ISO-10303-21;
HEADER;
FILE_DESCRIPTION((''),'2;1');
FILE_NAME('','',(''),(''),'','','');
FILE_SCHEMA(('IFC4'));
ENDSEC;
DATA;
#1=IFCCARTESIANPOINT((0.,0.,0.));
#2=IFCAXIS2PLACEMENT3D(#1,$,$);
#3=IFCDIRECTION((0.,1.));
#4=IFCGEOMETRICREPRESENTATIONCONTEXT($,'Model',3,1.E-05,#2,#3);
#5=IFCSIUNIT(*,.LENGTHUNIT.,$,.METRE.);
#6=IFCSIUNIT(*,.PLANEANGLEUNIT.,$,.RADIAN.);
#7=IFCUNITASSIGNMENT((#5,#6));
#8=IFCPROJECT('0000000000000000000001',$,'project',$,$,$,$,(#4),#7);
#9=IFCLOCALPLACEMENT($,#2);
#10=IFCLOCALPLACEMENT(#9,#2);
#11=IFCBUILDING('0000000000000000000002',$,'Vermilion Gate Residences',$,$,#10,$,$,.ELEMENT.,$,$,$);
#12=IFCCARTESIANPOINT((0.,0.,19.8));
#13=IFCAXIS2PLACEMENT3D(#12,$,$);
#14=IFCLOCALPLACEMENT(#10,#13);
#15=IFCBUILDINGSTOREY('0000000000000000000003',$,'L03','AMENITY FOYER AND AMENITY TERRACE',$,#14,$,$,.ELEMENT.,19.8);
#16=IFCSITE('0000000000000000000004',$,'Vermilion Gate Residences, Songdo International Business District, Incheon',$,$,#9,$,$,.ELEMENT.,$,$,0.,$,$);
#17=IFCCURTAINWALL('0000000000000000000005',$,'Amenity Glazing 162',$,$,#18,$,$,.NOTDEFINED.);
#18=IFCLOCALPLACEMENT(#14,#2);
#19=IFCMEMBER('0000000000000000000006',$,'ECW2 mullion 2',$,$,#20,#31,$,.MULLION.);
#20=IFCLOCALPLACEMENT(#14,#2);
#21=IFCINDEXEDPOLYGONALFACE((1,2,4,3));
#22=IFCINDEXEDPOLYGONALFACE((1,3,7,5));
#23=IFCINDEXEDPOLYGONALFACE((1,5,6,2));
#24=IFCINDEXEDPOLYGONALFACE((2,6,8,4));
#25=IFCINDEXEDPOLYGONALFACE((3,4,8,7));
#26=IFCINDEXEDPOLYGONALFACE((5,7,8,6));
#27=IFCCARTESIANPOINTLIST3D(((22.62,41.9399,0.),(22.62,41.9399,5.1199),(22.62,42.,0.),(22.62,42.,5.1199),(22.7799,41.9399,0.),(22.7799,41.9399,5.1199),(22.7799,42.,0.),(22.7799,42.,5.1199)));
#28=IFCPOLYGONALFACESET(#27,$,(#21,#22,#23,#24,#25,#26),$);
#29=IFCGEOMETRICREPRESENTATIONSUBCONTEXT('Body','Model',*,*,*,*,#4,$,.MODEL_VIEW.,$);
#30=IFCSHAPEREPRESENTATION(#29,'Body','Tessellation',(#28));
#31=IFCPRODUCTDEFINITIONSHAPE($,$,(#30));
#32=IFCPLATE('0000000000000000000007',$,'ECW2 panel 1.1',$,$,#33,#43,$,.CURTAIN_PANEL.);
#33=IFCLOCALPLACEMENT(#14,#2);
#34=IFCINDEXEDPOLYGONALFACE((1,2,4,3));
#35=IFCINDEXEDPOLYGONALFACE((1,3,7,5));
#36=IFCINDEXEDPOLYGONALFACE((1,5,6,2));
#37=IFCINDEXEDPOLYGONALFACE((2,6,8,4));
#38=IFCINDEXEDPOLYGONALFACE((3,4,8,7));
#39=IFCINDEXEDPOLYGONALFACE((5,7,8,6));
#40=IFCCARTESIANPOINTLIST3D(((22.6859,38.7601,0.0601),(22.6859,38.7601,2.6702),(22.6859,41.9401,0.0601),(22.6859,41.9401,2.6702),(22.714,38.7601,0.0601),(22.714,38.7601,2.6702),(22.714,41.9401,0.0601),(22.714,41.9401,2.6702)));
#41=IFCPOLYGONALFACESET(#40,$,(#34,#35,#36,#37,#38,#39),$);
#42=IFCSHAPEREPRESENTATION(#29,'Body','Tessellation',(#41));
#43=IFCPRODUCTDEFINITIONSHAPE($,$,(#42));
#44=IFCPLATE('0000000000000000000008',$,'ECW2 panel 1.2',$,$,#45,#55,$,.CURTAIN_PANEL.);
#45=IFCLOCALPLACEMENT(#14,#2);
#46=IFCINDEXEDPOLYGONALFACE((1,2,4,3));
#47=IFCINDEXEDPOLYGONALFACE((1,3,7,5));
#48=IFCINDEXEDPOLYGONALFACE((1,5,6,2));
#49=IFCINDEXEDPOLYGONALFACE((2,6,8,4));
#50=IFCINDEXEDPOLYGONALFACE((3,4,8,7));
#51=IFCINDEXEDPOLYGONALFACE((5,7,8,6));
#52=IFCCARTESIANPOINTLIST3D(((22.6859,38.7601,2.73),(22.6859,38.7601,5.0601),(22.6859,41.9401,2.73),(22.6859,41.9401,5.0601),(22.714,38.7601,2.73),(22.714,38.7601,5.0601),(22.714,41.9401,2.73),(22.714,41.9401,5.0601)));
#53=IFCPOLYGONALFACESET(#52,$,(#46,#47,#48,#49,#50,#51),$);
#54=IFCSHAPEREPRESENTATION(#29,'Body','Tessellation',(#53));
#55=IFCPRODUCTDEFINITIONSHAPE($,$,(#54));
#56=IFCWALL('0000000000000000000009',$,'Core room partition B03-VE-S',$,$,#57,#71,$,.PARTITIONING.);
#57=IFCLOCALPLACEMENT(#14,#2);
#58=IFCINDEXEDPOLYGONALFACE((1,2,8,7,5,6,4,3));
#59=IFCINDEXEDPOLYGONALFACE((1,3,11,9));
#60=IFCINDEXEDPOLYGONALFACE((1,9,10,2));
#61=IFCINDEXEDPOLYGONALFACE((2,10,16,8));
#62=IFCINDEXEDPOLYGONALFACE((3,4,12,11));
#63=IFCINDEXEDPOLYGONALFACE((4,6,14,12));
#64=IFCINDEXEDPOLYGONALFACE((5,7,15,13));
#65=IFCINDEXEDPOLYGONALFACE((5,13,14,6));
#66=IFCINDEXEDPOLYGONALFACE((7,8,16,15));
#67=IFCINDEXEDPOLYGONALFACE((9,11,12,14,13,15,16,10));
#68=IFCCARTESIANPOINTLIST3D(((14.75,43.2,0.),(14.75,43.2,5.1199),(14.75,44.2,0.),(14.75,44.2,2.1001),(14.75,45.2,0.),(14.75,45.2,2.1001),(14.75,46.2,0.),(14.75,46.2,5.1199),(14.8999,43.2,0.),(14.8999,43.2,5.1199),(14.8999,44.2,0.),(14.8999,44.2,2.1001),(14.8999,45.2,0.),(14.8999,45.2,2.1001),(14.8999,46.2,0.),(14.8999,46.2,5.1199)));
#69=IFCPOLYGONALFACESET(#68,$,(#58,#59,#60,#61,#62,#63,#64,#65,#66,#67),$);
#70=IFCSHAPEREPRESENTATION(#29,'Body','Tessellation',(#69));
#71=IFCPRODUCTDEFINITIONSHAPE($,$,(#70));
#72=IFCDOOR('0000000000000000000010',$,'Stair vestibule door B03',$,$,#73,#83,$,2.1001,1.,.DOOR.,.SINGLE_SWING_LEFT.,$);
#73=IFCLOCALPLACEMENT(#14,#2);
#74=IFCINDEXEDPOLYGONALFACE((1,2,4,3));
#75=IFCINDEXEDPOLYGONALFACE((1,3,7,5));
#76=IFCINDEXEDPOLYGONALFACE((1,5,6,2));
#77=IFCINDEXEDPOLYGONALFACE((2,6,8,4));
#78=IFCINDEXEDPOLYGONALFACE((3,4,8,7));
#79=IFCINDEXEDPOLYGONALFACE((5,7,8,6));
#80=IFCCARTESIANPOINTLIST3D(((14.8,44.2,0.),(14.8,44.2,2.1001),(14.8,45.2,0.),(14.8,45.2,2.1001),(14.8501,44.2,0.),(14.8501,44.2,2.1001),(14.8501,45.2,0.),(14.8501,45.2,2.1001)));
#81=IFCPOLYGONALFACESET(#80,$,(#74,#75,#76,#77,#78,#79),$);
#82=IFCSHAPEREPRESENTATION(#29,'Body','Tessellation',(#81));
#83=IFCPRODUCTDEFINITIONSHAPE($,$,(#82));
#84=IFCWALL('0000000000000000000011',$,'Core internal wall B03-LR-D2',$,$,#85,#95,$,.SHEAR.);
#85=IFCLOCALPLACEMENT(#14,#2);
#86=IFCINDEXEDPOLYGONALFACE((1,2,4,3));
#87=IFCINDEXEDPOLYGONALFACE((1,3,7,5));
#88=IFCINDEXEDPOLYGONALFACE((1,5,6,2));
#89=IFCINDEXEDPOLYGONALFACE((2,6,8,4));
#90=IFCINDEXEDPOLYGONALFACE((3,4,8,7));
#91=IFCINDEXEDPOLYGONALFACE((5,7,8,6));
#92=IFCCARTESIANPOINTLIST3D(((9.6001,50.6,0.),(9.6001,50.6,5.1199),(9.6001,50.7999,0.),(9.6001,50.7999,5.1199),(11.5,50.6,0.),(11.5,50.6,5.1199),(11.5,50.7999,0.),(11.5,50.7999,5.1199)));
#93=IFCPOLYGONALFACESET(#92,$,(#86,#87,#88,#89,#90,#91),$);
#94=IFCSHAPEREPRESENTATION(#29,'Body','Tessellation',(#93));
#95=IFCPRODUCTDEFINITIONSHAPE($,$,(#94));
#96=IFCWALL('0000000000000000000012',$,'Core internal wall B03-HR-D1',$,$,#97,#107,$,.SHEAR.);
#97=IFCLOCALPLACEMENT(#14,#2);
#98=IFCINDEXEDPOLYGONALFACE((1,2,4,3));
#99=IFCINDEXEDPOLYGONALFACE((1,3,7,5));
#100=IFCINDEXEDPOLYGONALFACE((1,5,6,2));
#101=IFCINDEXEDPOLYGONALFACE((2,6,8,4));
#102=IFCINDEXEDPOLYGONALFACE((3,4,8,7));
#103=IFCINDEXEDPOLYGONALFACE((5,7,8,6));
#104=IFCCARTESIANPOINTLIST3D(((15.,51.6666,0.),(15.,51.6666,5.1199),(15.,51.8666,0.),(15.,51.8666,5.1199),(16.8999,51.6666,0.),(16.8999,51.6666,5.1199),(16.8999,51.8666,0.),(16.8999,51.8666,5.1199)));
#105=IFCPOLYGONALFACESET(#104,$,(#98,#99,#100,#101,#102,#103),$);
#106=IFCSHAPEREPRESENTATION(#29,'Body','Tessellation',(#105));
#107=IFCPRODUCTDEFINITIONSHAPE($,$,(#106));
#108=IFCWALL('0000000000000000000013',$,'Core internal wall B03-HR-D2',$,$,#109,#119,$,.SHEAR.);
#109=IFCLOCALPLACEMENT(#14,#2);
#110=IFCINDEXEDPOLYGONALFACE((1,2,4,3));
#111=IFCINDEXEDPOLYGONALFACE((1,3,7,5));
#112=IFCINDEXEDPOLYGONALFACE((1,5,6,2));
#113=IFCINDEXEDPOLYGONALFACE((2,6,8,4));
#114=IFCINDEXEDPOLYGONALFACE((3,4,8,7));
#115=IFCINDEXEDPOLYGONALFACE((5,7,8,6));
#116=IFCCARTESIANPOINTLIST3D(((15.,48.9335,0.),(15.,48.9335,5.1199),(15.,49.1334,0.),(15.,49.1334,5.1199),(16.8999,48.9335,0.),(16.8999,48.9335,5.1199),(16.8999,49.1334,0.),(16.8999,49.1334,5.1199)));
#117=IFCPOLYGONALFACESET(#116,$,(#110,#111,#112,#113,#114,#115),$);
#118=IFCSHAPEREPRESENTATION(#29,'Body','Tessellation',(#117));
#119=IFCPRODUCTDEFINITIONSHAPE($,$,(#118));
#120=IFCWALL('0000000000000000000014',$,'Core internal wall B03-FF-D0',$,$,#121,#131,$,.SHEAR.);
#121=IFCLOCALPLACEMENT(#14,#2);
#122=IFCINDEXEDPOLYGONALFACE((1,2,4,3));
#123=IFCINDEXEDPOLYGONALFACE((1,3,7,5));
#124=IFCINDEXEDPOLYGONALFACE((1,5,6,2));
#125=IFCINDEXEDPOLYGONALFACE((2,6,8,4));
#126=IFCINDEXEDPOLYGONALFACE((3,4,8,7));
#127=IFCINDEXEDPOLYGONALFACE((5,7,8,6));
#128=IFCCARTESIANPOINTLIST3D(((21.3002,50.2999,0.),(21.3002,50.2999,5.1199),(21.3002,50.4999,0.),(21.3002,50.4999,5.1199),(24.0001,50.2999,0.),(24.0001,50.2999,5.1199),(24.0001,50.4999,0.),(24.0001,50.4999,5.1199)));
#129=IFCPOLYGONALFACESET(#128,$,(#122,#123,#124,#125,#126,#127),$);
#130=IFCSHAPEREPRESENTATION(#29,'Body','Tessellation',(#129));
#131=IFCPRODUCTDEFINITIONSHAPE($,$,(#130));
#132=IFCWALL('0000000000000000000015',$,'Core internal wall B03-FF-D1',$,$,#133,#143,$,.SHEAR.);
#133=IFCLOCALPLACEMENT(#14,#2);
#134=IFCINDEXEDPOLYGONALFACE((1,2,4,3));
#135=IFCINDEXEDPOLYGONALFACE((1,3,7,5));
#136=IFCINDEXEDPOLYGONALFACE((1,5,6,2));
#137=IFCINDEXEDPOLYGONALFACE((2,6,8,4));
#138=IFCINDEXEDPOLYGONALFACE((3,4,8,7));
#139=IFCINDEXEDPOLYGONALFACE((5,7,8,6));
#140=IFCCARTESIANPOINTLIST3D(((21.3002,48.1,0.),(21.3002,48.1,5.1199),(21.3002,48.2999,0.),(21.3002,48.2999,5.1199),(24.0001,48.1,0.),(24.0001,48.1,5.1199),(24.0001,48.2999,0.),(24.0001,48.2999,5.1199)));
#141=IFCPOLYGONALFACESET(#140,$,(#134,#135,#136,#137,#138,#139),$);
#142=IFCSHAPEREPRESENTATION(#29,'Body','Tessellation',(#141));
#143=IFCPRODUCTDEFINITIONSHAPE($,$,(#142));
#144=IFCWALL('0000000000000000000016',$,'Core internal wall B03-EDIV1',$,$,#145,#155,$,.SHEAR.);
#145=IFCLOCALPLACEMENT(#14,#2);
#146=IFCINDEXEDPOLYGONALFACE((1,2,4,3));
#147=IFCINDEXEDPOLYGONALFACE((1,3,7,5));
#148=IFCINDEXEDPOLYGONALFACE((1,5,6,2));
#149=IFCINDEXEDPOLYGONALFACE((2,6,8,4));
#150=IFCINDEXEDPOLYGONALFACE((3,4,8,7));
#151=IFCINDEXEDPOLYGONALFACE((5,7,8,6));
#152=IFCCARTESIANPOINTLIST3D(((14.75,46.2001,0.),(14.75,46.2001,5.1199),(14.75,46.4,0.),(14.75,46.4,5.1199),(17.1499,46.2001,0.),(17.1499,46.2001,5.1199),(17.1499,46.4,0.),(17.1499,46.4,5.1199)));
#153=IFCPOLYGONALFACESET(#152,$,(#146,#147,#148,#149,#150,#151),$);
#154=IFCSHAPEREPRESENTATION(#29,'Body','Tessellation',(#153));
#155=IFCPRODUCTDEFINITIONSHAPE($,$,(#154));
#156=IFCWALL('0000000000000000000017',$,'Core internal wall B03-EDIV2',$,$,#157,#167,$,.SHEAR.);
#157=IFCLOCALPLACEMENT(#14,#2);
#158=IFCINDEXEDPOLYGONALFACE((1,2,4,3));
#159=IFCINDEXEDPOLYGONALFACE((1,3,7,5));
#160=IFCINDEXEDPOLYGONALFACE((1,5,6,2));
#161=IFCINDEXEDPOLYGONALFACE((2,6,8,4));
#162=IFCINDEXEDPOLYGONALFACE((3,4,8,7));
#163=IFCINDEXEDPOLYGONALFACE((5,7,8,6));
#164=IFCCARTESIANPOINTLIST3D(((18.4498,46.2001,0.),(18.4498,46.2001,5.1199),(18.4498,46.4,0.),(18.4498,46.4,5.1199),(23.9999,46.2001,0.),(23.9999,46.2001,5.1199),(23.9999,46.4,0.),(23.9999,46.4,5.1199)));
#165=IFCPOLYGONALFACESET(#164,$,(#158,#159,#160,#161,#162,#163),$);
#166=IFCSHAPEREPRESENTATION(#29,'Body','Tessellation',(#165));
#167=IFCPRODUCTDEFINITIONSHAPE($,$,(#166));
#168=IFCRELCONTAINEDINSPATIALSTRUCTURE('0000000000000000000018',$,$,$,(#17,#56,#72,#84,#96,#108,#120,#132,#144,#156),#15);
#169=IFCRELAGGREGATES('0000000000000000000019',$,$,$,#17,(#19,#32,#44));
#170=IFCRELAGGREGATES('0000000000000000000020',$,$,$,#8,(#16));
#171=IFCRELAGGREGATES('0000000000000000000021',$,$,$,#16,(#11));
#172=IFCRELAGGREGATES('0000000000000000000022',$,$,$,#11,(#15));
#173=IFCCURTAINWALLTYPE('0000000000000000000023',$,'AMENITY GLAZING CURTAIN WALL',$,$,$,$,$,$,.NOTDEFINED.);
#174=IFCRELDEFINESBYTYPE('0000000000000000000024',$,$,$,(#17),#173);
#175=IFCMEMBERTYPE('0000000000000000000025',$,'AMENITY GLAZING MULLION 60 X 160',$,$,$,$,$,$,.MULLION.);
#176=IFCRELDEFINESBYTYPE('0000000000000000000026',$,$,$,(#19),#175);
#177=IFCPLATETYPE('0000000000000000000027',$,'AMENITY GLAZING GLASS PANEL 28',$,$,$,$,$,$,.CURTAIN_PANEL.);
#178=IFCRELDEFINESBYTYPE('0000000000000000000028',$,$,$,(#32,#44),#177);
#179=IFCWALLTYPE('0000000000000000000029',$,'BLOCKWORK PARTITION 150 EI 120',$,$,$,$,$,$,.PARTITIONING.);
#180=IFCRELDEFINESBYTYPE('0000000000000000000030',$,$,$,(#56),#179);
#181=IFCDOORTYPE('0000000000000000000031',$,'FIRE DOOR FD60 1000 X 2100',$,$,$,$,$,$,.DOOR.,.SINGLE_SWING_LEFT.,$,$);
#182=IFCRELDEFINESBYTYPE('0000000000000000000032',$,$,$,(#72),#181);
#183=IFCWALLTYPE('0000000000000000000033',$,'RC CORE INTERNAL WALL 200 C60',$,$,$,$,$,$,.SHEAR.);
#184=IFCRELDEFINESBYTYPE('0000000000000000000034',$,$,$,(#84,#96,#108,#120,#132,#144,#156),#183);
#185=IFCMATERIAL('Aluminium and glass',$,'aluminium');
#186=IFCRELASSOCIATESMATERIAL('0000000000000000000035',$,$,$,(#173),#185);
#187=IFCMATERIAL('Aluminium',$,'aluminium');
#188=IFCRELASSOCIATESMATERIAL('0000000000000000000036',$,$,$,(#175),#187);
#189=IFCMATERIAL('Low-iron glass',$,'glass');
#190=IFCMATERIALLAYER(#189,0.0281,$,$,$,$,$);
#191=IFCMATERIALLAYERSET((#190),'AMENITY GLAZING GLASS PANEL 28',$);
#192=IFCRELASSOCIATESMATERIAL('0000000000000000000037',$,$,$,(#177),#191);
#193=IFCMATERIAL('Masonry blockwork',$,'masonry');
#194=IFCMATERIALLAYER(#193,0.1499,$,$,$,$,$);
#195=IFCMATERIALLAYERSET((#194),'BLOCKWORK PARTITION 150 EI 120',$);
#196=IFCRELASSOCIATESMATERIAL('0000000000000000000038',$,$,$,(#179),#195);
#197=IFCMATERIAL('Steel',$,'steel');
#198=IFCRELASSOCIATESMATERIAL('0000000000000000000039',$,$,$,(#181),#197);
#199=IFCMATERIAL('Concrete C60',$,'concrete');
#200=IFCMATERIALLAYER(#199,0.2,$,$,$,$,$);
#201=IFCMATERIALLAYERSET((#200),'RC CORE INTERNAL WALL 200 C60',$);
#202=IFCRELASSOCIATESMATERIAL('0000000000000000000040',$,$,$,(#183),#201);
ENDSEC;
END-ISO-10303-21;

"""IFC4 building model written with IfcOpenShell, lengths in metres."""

from ifc_helpers import new_model, si_unit, direction, frame, frame_2d, origin, origin_2d, place, context, subcontext, project, spatial, rectangle, extrude, material, layer, layer_set, material_profile, profile_set, type_object, element, fill, aggregate, save


model = new_model("IFC4")

# Units and contexts
model_context = context("Model", 3, precision=1e-05, world=origin(), true_north=direction((0.0, 1.0)))
body_context = subcontext(model_context, "Body", "Model", "MODEL_VIEW")
ifc_project = project(units=[si_unit("LENGTHUNIT", "METRE"), si_unit("PLANEANGLEUNIT", "RADIAN")], contexts=[model_context])

# Site, building, storey
site_placement = place(None, origin())
site = spatial("IfcSite", under=ifc_project, at=site_placement, Name="Vermilion Gate Residences, Songdo International Business District, Incheon", CompositionType="ELEMENT", RefElevation=0.0)
building_placement = place(site_placement, origin())
building = spatial("IfcBuilding", under=site, at=building_placement, Name="Vermilion Gate Residences", CompositionType="ELEMENT")
storey_placement = place(building_placement, frame((0.0, 0.0, 19.8)))
storey = spatial("IfcBuildingStorey", under=building, at=storey_placement, Name="L03", Description="AMENITY FOYER AND AMENITY TERRACE", CompositionType="ELEMENT", Elevation=19.8)

# Curtain wall, member, plates
ifc_material_1 = material(Name="Aluminium and glass", Category="aluminium")
curtain_wall_type = type_object("IfcCurtainWallType", Name="AMENITY GLAZING CURTAIN WALL", PredefinedType="NOTDEFINED", material=ifc_material_1)
curtain_wall_placement = place(storey_placement, origin())
curtain_wall = element("IfcCurtainWall", 1, at=curtain_wall_placement, inside=storey, type_object=curtain_wall_type, Name="Amenity Glazing 162", PredefinedType="NOTDEFINED")
ifc_material_2 = material(Name="Aluminium", Category="aluminium")
ifc_material_profile = material_profile(ifc_material_2, rectangle(XDim=0.1599, YDim=0.0601, at=origin_2d()), Name="MULLION 60 X 160")
ifc_profile_set = profile_set([ifc_material_profile], Name="Aluminium")
member_type = type_object("IfcMemberType", Name="AMENITY GLAZING MULLION 60 X 160", PredefinedType="MULLION", material=ifc_profile_set)
member_placement = place(storey_placement, frame((22.7, 41.97, 0.0), z_axis=(0.0, 0.0, 1.0), x_axis=(-1.0, 0.0, 0.0)))
member = element("IfcMember", 2, at=member_placement, type_object=member_type, Name="ECW2 mullion 2", PredefinedType="MULLION", context=body_context, shape_type="SweptSolid", body=[
    extrude(rectangle(XDim=0.1599, YDim=0.0601, at=origin_2d()), origin(), (0.0, 0.0, 1.0), 5.1199),
])
ifc_material_3 = material(Name="Low-iron glass", Category="glass")
ifc_layer_1 = layer(ifc_material_3, 0.0281)
ifc_layer_set_1 = layer_set([ifc_layer_1], Name="AMENITY GLAZING GLASS PANEL 28")
plate_type = type_object("IfcPlateType", Name="AMENITY GLAZING GLASS PANEL 28", PredefinedType="CURTAIN_PANEL", material=ifc_layer_set_1)
plate_1_placement = place(storey_placement, frame((22.7, 40.3501, 0.0601), z_axis=(0.0, 0.0, 1.0), x_axis=(0.0, 1.0, 0.0)))
plate_1 = element("IfcPlate", 3, at=plate_1_placement, type_object=plate_type, Name="ECW2 panel 1.1", PredefinedType="CURTAIN_PANEL", context=body_context, shape_type="SweptSolid", body=[
    extrude(rectangle(XDim=3.1799, YDim=0.0281, at=origin_2d()), origin(), (0.0, 0.0, 1.0), 2.6101),
])
plate_2_placement = place(storey_placement, frame((22.7, 40.3501, 2.73), z_axis=(0.0, 0.0, 1.0), x_axis=(0.0, 1.0, 0.0)))
plate_2 = element("IfcPlate", 4, at=plate_2_placement, type_object=plate_type, Name="ECW2 panel 1.2", PredefinedType="CURTAIN_PANEL", context=body_context, shape_type="SweptSolid", body=[
    extrude(rectangle(XDim=3.1799, YDim=0.0281, at=origin_2d()), origin(), (0.0, 0.0, 1.0), 2.3301),
])
aggregate(curtain_wall, [member, plate_1, plate_2])

# Wall, opening, door
ifc_material_4 = material(Name="Masonry blockwork", Category="masonry")
ifc_layer_2 = layer(ifc_material_4, 0.1499)
ifc_layer_set_2 = layer_set([ifc_layer_2], Name="BLOCKWORK PARTITION 150 EI 120")
wall_type_1 = type_object("IfcWallType", Name="BLOCKWORK PARTITION 150 EI 120", PredefinedType="PARTITIONING", material=ifc_layer_set_2)
wall_1_placement = place(storey_placement, frame((14.825, 46.2, 0.0), z_axis=(0.0, 0.0, 1.0), x_axis=(0.0, -1.0, 0.0)))
wall_1 = element("IfcWall", 5, at=wall_1_placement, inside=storey, type_object=wall_type_1, Name="Core room partition B03-VE-S", PredefinedType="PARTITIONING", context=body_context, shape_type="SweptSolid", body=[
    extrude(rectangle(XDim=3.0, YDim=0.1499, at=frame_2d((1.5, 0.0))), origin(), (0.0, 0.0, 1.0), 5.1199),
])
opening_1_placement = place(wall_1_placement, frame((1.0, 0.0, 0.0)))
opening_1 = element("IfcOpeningElement", 6, at=opening_1_placement, cuts=wall_1, PredefinedType="OPENING", context=body_context, shape_type="SweptSolid", body=[
    extrude(rectangle(XDim=1.0, YDim=2.1001, at=frame_2d((0.5, 1.05))), frame((0.0, 0.085, 0.0), z_axis=(0.0, -1.0, 0.0), x_axis=(1.0, 0.0, 0.0)), (0.0, 0.0, 1.0), 0.1699),
])
ifc_material_5 = material(Name="Steel", Category="steel")
door_type = type_object("IfcDoorType", Name="FIRE DOOR FD60 1000 X 2100", OperationType="SINGLE_SWING_LEFT", PredefinedType="DOOR", material=ifc_material_5)
door_1_placement = place(opening_1_placement, frame((1.0, 0.0, 0.0), z_axis=(0.0, 0.0, 1.0), x_axis=(-1.0, 0.0, 0.0)))
door_1 = element("IfcDoor", 7, at=door_1_placement, inside=storey, type_object=door_type, Name="Stair vestibule door B03", OperationType="SINGLE_SWING_LEFT", OverallHeight=2.1001, OverallWidth=1.0, PredefinedType="DOOR", context=body_context, shape_type="SweptSolid", body=[
    extrude(rectangle(XDim=1.0, YDim=2.1001, at=frame_2d((0.5, 1.05))), frame((0.0, 0.0249, 0.0), z_axis=(0.0, -1.0, 0.0), x_axis=(1.0, 0.0, 0.0)), (0.0, 0.0, 1.0), 0.05),
])
fill(opening_1, door_1)

# Walls
ifc_material_6 = material(Name="Concrete C60", Category="concrete")
ifc_layer_3 = layer(ifc_material_6, 0.2)
ifc_layer_set_3 = layer_set([ifc_layer_3], Name="RC CORE INTERNAL WALL 200 C60")
wall_type_2 = type_object("IfcWallType", Name="RC CORE INTERNAL WALL 200 C60", PredefinedType="SHEAR", material=ifc_layer_set_3)
for number, where, z_axis, x_axis, name in (
    (8, (9.6001, 50.7, 0.0), (0.0, 0.0, 1.0), (1.0, 0.0, 0.0), "Core internal wall B03-LR-D2"),
    (9, (15.0, 51.7666, 0.0), (0.0, 0.0, 1.0), (1.0, 0.0, 0.0), "Core internal wall B03-HR-D1"),
    (10, (15.0, 49.0334, 0.0), (0.0, 0.0, 1.0), (1.0, 0.0, 0.0), "Core internal wall B03-HR-D2"),
):
    element("IfcWall", number, at=place(storey_placement, frame(where, z_axis=z_axis, x_axis=x_axis)), inside=storey, type_object=wall_type_2, Name=name, PredefinedType="SHEAR", context=body_context, shape_type="SweptSolid", body=[
        extrude(rectangle(XDim=1.8999, YDim=0.2, at=frame_2d((0.95, 0.0))), origin(), (0.0, 0.0, 1.0), 5.1199),
    ])
for number, where, z_axis, x_axis, name in (
    (11, (21.3, 50.3999, 0.0), (0.0, 0.0, 1.0), (1.0, 0.0, 0.0), "Core internal wall B03-FF-D0"),
    (12, (21.3, 48.2, 0.0), (0.0, 0.0, 1.0), (1.0, 0.0, 0.0), "Core internal wall B03-FF-D1"),
):
    element("IfcWall", number, at=place(storey_placement, frame(where, z_axis=z_axis, x_axis=x_axis)), inside=storey, type_object=wall_type_2, Name=name, PredefinedType="SHEAR", context=body_context, shape_type="SweptSolid", body=[
        extrude(rectangle(XDim=2.7, YDim=0.2, at=frame_2d((1.3501, 0.0))), origin(), (0.0, 0.0, 1.0), 5.1199),
    ])
wall_2_placement = place(storey_placement, frame((14.75, 46.3, 0.0), z_axis=(0.0, 0.0, 1.0), x_axis=(1.0, 0.0, 0.0)))
element("IfcWall", 13, at=wall_2_placement, inside=storey, type_object=wall_type_2, Name="Core internal wall B03-EDIV1", PredefinedType="SHEAR", context=body_context, shape_type="SweptSolid", body=[
    extrude(rectangle(XDim=2.3999, YDim=0.2, at=frame_2d((1.2, 0.0))), origin(), (0.0, 0.0, 1.0), 5.1199),
])
wall_3_placement = place(storey_placement, frame((18.45, 46.3, 0.0), z_axis=(0.0, 0.0, 1.0), x_axis=(1.0, 0.0, 0.0)))
element("IfcWall", 14, at=wall_3_placement, inside=storey, type_object=wall_type_2, Name="Core internal wall B03-EDIV2", PredefinedType="SHEAR", context=body_context, shape_type="SweptSolid", body=[
    extrude(rectangle(XDim=5.55, YDim=0.2, at=frame_2d((2.7749, 0.0))), origin(), (0.0, 0.0, 1.0), 5.1199),
])

save(model, "model.ifc")
